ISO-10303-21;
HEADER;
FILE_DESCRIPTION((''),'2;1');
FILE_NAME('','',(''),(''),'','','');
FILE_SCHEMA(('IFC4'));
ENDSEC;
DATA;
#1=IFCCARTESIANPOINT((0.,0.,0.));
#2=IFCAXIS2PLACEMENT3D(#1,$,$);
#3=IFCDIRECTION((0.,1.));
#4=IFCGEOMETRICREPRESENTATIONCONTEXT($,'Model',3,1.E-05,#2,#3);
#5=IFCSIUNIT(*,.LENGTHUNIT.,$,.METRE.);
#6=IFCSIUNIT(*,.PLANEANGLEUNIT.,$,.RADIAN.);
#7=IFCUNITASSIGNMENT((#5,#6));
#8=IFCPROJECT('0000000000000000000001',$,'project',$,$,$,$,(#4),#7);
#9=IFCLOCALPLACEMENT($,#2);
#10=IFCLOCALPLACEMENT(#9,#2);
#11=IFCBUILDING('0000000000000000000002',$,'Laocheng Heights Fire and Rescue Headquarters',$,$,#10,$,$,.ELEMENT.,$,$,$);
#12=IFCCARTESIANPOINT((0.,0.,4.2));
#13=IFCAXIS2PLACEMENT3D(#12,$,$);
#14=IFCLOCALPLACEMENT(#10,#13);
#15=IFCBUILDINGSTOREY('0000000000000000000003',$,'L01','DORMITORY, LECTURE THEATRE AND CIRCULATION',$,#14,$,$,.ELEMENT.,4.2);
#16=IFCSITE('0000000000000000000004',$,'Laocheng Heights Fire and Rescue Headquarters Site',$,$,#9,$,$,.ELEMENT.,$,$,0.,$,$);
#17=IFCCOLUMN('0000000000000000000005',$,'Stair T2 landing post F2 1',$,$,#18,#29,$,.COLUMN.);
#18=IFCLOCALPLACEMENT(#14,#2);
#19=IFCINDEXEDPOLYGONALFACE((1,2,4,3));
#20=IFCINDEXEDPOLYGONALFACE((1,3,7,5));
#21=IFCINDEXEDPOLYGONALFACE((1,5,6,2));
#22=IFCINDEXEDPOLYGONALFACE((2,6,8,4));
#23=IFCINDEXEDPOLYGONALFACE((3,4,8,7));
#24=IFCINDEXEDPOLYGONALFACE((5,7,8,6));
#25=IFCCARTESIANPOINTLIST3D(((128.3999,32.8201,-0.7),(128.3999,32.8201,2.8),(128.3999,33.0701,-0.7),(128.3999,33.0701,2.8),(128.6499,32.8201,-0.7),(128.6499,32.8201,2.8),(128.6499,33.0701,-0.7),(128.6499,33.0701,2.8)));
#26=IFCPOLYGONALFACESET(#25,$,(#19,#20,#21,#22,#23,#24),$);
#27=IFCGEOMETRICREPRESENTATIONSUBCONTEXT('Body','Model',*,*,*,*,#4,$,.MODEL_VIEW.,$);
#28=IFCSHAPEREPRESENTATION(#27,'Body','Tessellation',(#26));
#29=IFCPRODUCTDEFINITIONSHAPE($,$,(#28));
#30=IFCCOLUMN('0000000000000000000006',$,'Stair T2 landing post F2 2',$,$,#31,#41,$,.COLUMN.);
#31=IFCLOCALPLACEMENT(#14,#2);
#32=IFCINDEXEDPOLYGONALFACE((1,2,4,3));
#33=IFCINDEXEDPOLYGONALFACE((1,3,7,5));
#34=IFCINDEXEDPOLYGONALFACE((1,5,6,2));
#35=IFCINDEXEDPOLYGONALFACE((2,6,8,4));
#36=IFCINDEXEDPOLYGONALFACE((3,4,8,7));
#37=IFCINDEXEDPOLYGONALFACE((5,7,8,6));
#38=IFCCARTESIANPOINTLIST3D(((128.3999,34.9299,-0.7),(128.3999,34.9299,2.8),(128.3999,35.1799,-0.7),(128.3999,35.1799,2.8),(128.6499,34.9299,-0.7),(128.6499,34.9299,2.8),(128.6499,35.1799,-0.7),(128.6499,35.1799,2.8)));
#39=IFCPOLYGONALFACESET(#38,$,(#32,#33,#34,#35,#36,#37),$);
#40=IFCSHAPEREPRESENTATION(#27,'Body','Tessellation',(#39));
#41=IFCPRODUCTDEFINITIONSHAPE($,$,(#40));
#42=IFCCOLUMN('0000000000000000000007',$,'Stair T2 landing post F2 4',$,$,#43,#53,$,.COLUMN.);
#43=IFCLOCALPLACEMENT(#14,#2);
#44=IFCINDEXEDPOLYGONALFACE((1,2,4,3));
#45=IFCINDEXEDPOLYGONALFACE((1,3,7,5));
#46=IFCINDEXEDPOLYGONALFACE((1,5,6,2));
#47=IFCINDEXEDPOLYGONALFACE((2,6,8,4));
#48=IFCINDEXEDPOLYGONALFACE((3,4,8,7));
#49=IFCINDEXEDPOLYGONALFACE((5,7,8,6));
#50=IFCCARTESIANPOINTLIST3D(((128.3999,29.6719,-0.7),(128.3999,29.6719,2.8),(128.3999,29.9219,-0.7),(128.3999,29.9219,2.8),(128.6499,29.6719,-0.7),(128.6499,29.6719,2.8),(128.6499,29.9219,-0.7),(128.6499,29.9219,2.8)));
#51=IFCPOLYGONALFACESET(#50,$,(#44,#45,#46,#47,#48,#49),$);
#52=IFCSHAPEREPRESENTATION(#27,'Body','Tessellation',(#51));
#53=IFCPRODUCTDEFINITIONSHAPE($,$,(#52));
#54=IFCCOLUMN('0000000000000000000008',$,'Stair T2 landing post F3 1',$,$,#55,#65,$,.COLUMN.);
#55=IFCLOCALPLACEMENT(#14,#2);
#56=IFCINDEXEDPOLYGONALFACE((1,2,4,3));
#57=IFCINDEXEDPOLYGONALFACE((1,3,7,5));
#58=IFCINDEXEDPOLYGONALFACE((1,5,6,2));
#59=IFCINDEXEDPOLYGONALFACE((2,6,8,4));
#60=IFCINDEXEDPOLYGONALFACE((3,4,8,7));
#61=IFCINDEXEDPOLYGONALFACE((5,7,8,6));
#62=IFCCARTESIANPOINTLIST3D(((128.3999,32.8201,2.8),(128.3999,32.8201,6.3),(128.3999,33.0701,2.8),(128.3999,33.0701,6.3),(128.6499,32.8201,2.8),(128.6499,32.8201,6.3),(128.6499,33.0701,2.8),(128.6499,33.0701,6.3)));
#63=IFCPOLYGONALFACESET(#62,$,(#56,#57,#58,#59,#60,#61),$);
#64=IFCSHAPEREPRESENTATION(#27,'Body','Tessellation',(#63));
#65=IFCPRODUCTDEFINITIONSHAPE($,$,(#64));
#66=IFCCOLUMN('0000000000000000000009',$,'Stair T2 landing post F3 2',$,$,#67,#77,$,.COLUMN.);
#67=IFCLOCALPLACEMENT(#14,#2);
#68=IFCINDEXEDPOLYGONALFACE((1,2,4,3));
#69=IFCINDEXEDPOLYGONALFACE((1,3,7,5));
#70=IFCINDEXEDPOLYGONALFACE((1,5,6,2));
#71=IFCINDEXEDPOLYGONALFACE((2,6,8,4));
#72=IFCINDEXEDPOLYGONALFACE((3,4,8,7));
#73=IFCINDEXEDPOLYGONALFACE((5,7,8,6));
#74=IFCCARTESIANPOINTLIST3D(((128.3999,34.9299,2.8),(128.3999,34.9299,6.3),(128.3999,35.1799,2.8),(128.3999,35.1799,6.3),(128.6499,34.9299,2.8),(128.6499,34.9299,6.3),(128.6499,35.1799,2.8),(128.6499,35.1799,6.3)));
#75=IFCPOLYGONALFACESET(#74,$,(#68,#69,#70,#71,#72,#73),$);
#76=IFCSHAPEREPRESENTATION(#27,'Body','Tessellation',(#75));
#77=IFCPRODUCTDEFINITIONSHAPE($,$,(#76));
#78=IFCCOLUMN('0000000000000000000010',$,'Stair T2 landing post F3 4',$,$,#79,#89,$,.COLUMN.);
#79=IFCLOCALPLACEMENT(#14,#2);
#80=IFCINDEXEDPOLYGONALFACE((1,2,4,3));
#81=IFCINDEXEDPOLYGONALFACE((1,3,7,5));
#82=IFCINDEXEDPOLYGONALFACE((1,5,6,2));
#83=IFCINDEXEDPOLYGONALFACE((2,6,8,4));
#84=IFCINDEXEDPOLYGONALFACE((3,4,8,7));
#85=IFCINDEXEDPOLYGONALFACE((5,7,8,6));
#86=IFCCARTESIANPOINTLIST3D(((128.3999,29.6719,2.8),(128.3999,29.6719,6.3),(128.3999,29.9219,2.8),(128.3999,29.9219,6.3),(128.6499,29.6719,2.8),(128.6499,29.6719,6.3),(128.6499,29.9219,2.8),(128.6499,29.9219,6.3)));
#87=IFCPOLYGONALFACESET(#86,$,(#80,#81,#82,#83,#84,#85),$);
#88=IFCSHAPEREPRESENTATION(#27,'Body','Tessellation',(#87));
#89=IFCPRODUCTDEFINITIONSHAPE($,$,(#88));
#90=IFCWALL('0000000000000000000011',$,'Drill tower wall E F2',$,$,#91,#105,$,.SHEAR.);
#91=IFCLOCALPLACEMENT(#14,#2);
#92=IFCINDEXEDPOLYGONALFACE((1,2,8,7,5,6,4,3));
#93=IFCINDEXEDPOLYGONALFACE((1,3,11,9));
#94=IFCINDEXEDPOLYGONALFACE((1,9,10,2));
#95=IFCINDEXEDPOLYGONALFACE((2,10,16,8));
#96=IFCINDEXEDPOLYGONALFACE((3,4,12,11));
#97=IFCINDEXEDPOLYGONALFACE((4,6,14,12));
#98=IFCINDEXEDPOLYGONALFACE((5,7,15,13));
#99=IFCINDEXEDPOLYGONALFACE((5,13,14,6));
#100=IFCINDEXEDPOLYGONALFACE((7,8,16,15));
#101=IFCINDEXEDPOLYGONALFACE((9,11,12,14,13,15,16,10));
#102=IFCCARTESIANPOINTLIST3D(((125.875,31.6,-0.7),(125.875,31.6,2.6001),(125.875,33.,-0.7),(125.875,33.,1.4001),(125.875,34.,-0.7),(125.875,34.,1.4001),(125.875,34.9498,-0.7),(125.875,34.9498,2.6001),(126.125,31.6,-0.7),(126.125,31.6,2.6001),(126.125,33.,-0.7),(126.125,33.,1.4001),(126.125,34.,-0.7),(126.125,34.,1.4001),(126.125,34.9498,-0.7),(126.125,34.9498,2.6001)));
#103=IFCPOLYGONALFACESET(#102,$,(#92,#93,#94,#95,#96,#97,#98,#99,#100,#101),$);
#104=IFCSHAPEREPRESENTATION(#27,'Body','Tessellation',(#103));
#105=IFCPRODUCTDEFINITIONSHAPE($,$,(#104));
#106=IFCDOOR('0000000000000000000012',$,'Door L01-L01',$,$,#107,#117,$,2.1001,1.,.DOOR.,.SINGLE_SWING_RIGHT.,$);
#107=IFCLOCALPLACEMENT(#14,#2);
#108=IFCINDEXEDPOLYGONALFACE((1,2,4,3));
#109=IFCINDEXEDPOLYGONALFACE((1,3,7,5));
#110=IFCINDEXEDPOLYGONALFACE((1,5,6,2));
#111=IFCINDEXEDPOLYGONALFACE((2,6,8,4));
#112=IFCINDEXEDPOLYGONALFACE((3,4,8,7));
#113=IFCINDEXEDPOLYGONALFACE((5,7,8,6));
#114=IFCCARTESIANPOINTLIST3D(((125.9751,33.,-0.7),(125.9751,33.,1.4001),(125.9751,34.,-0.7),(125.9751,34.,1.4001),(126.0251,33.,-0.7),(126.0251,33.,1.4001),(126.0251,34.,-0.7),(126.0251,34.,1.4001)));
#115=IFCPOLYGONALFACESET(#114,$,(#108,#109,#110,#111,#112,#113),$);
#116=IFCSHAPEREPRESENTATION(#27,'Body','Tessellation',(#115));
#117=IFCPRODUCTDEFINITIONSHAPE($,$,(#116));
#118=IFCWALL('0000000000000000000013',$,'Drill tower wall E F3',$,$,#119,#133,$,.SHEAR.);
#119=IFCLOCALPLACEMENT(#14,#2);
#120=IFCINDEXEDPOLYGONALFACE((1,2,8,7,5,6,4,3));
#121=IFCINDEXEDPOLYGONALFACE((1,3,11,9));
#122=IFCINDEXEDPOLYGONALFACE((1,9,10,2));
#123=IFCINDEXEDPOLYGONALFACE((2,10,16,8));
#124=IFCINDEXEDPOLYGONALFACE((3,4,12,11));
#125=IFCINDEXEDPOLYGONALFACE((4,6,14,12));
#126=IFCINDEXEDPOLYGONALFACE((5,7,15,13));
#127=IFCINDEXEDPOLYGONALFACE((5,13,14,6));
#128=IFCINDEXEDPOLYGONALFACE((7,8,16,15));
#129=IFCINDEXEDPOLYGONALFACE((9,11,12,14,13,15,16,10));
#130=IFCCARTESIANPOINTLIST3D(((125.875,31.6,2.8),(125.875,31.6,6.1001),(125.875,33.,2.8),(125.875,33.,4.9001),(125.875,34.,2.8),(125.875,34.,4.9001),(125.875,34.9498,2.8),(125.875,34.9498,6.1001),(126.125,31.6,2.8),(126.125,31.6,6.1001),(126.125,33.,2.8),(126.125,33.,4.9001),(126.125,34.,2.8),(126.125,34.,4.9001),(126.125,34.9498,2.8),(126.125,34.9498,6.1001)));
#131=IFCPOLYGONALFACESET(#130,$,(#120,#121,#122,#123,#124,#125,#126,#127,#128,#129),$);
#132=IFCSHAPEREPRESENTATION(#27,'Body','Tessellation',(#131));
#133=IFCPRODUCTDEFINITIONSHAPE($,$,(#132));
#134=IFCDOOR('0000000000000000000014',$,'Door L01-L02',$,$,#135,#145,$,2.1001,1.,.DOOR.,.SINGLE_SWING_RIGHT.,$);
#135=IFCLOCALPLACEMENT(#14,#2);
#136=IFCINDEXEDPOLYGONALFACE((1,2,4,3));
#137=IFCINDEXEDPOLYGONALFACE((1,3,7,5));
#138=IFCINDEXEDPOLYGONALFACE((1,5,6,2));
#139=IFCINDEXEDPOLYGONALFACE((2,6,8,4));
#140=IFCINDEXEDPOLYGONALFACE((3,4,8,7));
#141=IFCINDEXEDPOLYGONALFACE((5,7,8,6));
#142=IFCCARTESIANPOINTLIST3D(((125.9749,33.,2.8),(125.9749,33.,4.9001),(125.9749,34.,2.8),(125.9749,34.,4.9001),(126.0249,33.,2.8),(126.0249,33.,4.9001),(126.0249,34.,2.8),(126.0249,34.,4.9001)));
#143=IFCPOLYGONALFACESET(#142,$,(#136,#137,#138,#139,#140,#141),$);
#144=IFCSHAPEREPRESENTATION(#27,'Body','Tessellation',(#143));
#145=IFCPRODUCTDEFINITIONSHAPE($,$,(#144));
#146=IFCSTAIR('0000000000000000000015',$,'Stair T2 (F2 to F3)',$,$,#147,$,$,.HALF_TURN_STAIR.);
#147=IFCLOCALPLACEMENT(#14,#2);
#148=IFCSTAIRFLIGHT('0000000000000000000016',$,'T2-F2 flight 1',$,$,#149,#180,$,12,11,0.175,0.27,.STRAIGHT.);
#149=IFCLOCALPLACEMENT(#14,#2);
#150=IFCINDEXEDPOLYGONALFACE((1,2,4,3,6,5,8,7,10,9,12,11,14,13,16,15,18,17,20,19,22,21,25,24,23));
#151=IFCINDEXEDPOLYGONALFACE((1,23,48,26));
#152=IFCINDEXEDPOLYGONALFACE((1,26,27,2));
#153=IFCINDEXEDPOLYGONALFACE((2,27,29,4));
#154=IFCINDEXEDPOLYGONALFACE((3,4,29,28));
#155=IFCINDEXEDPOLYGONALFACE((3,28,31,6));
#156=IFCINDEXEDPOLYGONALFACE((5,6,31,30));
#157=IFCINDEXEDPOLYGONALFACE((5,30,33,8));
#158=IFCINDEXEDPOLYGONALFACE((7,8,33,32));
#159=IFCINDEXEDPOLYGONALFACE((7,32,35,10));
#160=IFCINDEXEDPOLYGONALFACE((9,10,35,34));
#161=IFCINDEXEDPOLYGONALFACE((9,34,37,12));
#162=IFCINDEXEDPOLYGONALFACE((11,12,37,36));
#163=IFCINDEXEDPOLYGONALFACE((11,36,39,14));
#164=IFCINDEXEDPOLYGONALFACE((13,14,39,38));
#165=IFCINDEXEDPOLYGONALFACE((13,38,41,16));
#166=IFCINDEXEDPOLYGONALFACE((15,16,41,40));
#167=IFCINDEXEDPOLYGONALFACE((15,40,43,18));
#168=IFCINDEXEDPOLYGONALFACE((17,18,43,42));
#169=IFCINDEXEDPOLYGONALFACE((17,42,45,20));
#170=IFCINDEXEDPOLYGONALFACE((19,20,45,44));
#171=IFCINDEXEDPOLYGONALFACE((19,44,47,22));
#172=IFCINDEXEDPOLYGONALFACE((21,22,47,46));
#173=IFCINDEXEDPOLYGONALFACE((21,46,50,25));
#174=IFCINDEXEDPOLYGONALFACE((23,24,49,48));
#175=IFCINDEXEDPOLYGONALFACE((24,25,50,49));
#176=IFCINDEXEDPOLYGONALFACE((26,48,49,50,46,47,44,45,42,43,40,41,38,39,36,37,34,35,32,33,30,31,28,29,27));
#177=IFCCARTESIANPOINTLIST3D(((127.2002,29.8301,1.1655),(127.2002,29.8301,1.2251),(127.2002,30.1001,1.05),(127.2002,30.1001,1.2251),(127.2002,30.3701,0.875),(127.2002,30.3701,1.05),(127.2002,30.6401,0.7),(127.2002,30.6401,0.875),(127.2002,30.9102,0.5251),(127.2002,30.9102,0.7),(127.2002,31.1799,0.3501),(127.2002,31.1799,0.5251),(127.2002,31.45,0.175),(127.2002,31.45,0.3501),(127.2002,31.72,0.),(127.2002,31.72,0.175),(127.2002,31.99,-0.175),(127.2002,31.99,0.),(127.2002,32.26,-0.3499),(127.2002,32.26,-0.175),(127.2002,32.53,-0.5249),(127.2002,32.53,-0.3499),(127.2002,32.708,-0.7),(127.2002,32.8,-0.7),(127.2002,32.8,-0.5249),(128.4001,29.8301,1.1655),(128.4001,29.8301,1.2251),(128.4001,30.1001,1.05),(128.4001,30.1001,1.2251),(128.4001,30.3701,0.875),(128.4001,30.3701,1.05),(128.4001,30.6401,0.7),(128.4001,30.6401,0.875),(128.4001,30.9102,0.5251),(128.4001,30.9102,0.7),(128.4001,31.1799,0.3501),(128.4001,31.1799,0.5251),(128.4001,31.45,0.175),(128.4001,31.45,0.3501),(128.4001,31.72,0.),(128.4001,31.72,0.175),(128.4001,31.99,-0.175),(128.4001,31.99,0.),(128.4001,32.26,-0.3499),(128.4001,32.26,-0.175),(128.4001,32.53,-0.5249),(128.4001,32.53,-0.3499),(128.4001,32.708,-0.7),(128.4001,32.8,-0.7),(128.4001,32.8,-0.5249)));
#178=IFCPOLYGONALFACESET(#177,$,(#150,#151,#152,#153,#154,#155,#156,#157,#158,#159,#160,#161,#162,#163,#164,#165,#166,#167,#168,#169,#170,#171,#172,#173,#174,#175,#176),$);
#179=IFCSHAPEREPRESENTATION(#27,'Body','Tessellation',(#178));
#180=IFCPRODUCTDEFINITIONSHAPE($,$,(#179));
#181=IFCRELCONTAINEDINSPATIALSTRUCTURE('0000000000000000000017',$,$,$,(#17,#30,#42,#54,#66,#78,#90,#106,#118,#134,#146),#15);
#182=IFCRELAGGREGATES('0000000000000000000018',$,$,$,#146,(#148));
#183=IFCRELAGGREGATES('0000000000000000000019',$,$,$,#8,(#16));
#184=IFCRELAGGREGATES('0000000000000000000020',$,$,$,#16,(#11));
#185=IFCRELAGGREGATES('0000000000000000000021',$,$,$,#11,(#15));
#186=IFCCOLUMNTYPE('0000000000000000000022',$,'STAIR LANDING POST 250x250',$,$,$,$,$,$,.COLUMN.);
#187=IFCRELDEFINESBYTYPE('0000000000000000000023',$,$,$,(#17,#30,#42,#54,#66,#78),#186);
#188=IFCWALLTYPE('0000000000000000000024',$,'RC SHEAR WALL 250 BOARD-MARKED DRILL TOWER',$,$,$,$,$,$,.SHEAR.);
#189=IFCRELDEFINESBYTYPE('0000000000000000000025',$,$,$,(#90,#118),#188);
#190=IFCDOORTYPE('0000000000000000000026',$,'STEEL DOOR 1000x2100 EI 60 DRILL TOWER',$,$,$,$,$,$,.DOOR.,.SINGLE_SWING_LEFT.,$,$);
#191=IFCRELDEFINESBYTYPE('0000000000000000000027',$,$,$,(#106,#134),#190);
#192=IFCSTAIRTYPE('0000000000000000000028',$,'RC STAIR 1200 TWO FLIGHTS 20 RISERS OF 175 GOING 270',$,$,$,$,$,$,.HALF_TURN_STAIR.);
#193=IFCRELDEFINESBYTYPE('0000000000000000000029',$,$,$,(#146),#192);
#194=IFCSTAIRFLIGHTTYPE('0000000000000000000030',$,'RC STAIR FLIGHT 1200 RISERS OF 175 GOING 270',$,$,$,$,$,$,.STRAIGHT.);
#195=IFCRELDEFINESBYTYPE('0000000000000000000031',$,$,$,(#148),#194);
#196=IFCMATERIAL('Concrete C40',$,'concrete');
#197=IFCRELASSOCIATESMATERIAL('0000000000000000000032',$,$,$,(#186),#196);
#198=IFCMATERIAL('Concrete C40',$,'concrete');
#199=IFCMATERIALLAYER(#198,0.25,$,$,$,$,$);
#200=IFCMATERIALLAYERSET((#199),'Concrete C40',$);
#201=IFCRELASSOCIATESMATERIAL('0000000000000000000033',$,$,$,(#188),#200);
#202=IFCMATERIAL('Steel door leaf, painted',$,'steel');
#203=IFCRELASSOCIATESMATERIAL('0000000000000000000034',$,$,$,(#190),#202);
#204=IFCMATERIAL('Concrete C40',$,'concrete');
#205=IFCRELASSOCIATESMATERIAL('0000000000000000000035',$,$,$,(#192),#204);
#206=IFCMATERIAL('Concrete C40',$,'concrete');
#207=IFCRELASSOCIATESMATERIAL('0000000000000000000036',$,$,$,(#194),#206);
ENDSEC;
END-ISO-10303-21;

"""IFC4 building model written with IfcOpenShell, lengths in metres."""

from ifc_helpers import new_model, si_unit, direction, frame, frame_2d, origin, origin_2d, place, context, subcontext, project, spatial, polyline, rectangle, outline, extrude, material, layer, layer_set, material_profile, profile_set, type_object, element, fill, aggregate, save


model = new_model("IFC4")

# Units and contexts
model_context = context("Model", 3, precision=1e-05, world=origin(), true_north=direction((0.0, 1.0)))
body_context = subcontext(model_context, "Body", "Model", "MODEL_VIEW")
ifc_project = project(units=[si_unit("LENGTHUNIT", "METRE"), si_unit("PLANEANGLEUNIT", "RADIAN")], contexts=[model_context])

# Site, building, storey
site_placement = place(None, origin())
site = spatial("IfcSite", under=ifc_project, at=site_placement, Name="Laocheng Heights Fire and Rescue Headquarters Site", CompositionType="ELEMENT", RefElevation=0.0)
building_placement = place(site_placement, origin())
building = spatial("IfcBuilding", under=site, at=building_placement, Name="Laocheng Heights Fire and Rescue Headquarters", CompositionType="ELEMENT")
storey_placement = place(building_placement, frame((0.0, 0.0, 4.2)))
storey = spatial("IfcBuildingStorey", under=building, at=storey_placement, Name="L01", Description="DORMITORY, LECTURE THEATRE AND CIRCULATION", CompositionType="ELEMENT", Elevation=4.2)

# Columns
ifc_material_1 = material(Name="Concrete C40", Category="concrete")
ifc_material_profile = material_profile(ifc_material_1, rectangle(XDim=0.25, YDim=0.25, at=origin_2d()), Name="STAIR LANDING POST 250x250")
ifc_profile_set = profile_set([ifc_material_profile], Name="Concrete C40")
column_type = type_object("IfcColumnType", Name="STAIR LANDING POST 250x250", PredefinedType="COLUMN", material=ifc_profile_set)
for number, where, z_axis, x_axis, name in (
    (1, (128.5249, 32.9451, -0.7), (0.0, 0.0, 1.0), (1.0, 0.0, 0.0), "Stair T2 landing post F2 1"),
    (2, (128.5249, 35.0549, -0.7), (0.0, 0.0, 1.0), (1.0, 0.0, 0.0), "Stair T2 landing post F2 2"),
    (3, (128.5249, 29.7969, -0.7), (0.0, 0.0, 1.0), (1.0, 0.0, 0.0), "Stair T2 landing post F2 4"),
    (4, (128.5249, 32.9451, 2.8), (0.0, 0.0, 1.0), (1.0, 0.0, 0.0), "Stair T2 landing post F3 1"),
    (5, (128.5249, 35.0549, 2.8), (0.0, 0.0, 1.0), (1.0, 0.0, 0.0), "Stair T2 landing post F3 2"),
    (6, (128.5249, 29.7969, 2.8), (0.0, 0.0, 1.0), (1.0, 0.0, 0.0), "Stair T2 landing post F3 4"),
):
    element("IfcColumn", number, at=place(storey_placement, frame(where, z_axis=z_axis, x_axis=x_axis)), inside=storey, type_object=column_type, Name=name, PredefinedType="COLUMN", context=body_context, shape_type="SweptSolid", body=[
        extrude(rectangle(XDim=0.25, YDim=0.25, at=origin_2d()), origin(), (0.0, 0.0, 1.0), 3.5),
    ])

# Walls, openings, doors
ifc_material_2 = material(Name="Concrete C40", Category="concrete")
ifc_layer = layer(ifc_material_2, 0.25)
ifc_layer_set = layer_set([ifc_layer], Name="Concrete C40")
wall_type = type_object("IfcWallType", Name="RC SHEAR WALL 250 BOARD-MARKED DRILL TOWER", PredefinedType="SHEAR", material=ifc_layer_set)
wall_1_placement = place(storey_placement, frame((126.0, 31.6001, -0.7), z_axis=(0.0, 0.0, 1.0), x_axis=(0.0, 1.0, 0.0)))
wall_1 = element("IfcWall", 7, at=wall_1_placement, inside=storey, type_object=wall_type, Name="Drill tower wall E F2", PredefinedType="SHEAR", context=body_context, shape_type="SweptSolid", body=[
    extrude(rectangle(XDim=3.3499, YDim=0.25, at=frame_2d((1.6748, 0.0))), origin(), (0.0, 0.0, 1.0), 3.3),
])
opening_1_placement = place(wall_1_placement, frame((1.3999, 0.0, 0.0)))
opening_1 = element("IfcOpeningElement", 8, at=opening_1_placement, cuts=wall_1, PredefinedType="OPENING", context=body_context, shape_type="SweptSolid", body=[
    extrude(rectangle(XDim=1.0, YDim=2.1001, at=frame_2d((0.5, 1.05))), frame((0.0, 0.135, 0.0), z_axis=(0.0, -1.0, 0.0), x_axis=(1.0, 0.0, 0.0)), (0.0, 0.0, 1.0), 0.27),
])
ifc_material_3 = material(Name="Steel door leaf, painted", Category="steel")
door_type = type_object("IfcDoorType", Name="STEEL DOOR 1000x2100 EI 60 DRILL TOWER", OperationType="SINGLE_SWING_LEFT", PredefinedType="DOOR", material=ifc_material_3)
door_1_placement = place(opening_1_placement, origin())
door_1 = element("IfcDoor", 9, at=door_1_placement, inside=storey, type_object=door_type, Name="Door L01-L01", OperationType="SINGLE_SWING_RIGHT", OverallHeight=2.1001, OverallWidth=1.0, PredefinedType="DOOR", context=body_context, shape_type="SweptSolid", body=[
    extrude(rectangle(XDim=1.0, YDim=2.1001, at=frame_2d((0.5, 1.05))), frame((0.0, 0.0249, 0.0), z_axis=(0.0, -1.0, 0.0), x_axis=(1.0, 0.0, 0.0)), (0.0, 0.0, 1.0), 0.05),
])
fill(opening_1, door_1)
wall_2_placement = place(storey_placement, frame((126.0, 31.6001, 2.8), z_axis=(0.0, 0.0, 1.0), x_axis=(0.0, 1.0, 0.0)))
wall_2 = element("IfcWall", 10, at=wall_2_placement, inside=storey, type_object=wall_type, Name="Drill tower wall E F3", PredefinedType="SHEAR", context=body_context, shape_type="SweptSolid", body=[
    extrude(rectangle(XDim=3.3499, YDim=0.25, at=frame_2d((1.6748, 0.0))), origin(), (0.0, 0.0, 1.0), 3.3),
])
opening_2_placement = place(wall_2_placement, frame((1.3999, 0.0, 0.0)))
opening_2 = element("IfcOpeningElement", 11, at=opening_2_placement, cuts=wall_2, PredefinedType="OPENING", context=body_context, shape_type="SweptSolid", body=[
    extrude(rectangle(XDim=1.0, YDim=2.1001, at=frame_2d((0.5, 1.05))), frame((0.0, 0.135, 0.0), z_axis=(0.0, -1.0, 0.0), x_axis=(1.0, 0.0, 0.0)), (0.0, 0.0, 1.0), 0.27),
])
door_2_placement = place(opening_2_placement, frame((1.0, 0.0, 0.0), z_axis=(0.0, 0.0, 1.0), x_axis=(-1.0, 0.0, 0.0)))
door_2 = element("IfcDoor", 12, at=door_2_placement, inside=storey, type_object=door_type, Name="Door L01-L02", OperationType="SINGLE_SWING_RIGHT", OverallHeight=2.1001, OverallWidth=1.0, PredefinedType="DOOR", context=body_context, shape_type="SweptSolid", body=[
    extrude(rectangle(XDim=1.0, YDim=2.1001, at=frame_2d((0.5, 1.05))), frame((0.0, 0.0249, 0.0), z_axis=(0.0, -1.0, 0.0), x_axis=(1.0, 0.0, 0.0)), (0.0, 0.0, 1.0), 0.05),
])
fill(opening_2, door_2)

# Stair, stair flight
ifc_material_4 = material(Name="Concrete C40", Category="concrete")
stair_type = type_object("IfcStairType", Name="RC STAIR 1200 TWO FLIGHTS 20 RISERS OF 175 GOING 270", PredefinedType="HALF_TURN_STAIR", material=ifc_material_4)
stair_1_placement = place(storey_placement, origin())
stair_1 = element("IfcStair", 13, at=stair_1_placement, inside=storey, type_object=stair_type, Name="Stair T2 (F2 to F3)", PredefinedType="HALF_TURN_STAIR")
ifc_material_5 = material(Name="Concrete C40", Category="concrete")
stair_flight_type = type_object("IfcStairFlightType", Name="RC STAIR FLIGHT 1200 RISERS OF 175 GOING 270", PredefinedType="STRAIGHT", material=ifc_material_5)
stair_flight_1_placement = place(storey_placement, frame((127.8, 32.8, -0.7), z_axis=(0.0, 0.0, 1.0), x_axis=(0.0, -1.0, 0.0)))
stair_flight_1 = element("IfcStairFlight", 14, at=stair_flight_1_placement, type_object=stair_flight_type, Name="T2-F2 flight 1", NumberOfRisers=12, NumberOfTreads=11, PredefinedType="STRAIGHT", RiserHeight=0.175, TreadLength=0.27, context=body_context, shape_type="SweptSolid", body=[
    extrude(outline(polyline([(0.0, 0.0), (0.0, 0.175), (0.27, 0.175), (0.27, 0.3501), (0.54, 0.3501), (0.54, 0.5249), (0.8101, 0.5249), (0.8101, 0.7), (1.0801, 0.7), (1.0801, 0.875), (1.3501, 0.875), (1.3501, 1.05), (1.6201, 1.05), (1.6201, 1.2251), (1.8899, 1.2251), (1.8899, 1.3999), (2.1599, 1.3999), (2.1599, 1.575), (2.4299, 1.575), (2.4299, 1.75), (2.7, 1.75), (2.7, 1.925), (2.97, 1.925), (2.97, 2.1001), (2.97, 1.8655), (0.092, 0.0), (0.0, 0.0)])), frame((0.0, 0.6001, 0.0), z_axis=(0.0, -1.0, 0.0), x_axis=(1.0, 0.0, 0.0)), (0.0, 0.0, 1.0), 1.2),
])
aggregate(stair_1, [stair_flight_1])

save(model, "model.ifc")
